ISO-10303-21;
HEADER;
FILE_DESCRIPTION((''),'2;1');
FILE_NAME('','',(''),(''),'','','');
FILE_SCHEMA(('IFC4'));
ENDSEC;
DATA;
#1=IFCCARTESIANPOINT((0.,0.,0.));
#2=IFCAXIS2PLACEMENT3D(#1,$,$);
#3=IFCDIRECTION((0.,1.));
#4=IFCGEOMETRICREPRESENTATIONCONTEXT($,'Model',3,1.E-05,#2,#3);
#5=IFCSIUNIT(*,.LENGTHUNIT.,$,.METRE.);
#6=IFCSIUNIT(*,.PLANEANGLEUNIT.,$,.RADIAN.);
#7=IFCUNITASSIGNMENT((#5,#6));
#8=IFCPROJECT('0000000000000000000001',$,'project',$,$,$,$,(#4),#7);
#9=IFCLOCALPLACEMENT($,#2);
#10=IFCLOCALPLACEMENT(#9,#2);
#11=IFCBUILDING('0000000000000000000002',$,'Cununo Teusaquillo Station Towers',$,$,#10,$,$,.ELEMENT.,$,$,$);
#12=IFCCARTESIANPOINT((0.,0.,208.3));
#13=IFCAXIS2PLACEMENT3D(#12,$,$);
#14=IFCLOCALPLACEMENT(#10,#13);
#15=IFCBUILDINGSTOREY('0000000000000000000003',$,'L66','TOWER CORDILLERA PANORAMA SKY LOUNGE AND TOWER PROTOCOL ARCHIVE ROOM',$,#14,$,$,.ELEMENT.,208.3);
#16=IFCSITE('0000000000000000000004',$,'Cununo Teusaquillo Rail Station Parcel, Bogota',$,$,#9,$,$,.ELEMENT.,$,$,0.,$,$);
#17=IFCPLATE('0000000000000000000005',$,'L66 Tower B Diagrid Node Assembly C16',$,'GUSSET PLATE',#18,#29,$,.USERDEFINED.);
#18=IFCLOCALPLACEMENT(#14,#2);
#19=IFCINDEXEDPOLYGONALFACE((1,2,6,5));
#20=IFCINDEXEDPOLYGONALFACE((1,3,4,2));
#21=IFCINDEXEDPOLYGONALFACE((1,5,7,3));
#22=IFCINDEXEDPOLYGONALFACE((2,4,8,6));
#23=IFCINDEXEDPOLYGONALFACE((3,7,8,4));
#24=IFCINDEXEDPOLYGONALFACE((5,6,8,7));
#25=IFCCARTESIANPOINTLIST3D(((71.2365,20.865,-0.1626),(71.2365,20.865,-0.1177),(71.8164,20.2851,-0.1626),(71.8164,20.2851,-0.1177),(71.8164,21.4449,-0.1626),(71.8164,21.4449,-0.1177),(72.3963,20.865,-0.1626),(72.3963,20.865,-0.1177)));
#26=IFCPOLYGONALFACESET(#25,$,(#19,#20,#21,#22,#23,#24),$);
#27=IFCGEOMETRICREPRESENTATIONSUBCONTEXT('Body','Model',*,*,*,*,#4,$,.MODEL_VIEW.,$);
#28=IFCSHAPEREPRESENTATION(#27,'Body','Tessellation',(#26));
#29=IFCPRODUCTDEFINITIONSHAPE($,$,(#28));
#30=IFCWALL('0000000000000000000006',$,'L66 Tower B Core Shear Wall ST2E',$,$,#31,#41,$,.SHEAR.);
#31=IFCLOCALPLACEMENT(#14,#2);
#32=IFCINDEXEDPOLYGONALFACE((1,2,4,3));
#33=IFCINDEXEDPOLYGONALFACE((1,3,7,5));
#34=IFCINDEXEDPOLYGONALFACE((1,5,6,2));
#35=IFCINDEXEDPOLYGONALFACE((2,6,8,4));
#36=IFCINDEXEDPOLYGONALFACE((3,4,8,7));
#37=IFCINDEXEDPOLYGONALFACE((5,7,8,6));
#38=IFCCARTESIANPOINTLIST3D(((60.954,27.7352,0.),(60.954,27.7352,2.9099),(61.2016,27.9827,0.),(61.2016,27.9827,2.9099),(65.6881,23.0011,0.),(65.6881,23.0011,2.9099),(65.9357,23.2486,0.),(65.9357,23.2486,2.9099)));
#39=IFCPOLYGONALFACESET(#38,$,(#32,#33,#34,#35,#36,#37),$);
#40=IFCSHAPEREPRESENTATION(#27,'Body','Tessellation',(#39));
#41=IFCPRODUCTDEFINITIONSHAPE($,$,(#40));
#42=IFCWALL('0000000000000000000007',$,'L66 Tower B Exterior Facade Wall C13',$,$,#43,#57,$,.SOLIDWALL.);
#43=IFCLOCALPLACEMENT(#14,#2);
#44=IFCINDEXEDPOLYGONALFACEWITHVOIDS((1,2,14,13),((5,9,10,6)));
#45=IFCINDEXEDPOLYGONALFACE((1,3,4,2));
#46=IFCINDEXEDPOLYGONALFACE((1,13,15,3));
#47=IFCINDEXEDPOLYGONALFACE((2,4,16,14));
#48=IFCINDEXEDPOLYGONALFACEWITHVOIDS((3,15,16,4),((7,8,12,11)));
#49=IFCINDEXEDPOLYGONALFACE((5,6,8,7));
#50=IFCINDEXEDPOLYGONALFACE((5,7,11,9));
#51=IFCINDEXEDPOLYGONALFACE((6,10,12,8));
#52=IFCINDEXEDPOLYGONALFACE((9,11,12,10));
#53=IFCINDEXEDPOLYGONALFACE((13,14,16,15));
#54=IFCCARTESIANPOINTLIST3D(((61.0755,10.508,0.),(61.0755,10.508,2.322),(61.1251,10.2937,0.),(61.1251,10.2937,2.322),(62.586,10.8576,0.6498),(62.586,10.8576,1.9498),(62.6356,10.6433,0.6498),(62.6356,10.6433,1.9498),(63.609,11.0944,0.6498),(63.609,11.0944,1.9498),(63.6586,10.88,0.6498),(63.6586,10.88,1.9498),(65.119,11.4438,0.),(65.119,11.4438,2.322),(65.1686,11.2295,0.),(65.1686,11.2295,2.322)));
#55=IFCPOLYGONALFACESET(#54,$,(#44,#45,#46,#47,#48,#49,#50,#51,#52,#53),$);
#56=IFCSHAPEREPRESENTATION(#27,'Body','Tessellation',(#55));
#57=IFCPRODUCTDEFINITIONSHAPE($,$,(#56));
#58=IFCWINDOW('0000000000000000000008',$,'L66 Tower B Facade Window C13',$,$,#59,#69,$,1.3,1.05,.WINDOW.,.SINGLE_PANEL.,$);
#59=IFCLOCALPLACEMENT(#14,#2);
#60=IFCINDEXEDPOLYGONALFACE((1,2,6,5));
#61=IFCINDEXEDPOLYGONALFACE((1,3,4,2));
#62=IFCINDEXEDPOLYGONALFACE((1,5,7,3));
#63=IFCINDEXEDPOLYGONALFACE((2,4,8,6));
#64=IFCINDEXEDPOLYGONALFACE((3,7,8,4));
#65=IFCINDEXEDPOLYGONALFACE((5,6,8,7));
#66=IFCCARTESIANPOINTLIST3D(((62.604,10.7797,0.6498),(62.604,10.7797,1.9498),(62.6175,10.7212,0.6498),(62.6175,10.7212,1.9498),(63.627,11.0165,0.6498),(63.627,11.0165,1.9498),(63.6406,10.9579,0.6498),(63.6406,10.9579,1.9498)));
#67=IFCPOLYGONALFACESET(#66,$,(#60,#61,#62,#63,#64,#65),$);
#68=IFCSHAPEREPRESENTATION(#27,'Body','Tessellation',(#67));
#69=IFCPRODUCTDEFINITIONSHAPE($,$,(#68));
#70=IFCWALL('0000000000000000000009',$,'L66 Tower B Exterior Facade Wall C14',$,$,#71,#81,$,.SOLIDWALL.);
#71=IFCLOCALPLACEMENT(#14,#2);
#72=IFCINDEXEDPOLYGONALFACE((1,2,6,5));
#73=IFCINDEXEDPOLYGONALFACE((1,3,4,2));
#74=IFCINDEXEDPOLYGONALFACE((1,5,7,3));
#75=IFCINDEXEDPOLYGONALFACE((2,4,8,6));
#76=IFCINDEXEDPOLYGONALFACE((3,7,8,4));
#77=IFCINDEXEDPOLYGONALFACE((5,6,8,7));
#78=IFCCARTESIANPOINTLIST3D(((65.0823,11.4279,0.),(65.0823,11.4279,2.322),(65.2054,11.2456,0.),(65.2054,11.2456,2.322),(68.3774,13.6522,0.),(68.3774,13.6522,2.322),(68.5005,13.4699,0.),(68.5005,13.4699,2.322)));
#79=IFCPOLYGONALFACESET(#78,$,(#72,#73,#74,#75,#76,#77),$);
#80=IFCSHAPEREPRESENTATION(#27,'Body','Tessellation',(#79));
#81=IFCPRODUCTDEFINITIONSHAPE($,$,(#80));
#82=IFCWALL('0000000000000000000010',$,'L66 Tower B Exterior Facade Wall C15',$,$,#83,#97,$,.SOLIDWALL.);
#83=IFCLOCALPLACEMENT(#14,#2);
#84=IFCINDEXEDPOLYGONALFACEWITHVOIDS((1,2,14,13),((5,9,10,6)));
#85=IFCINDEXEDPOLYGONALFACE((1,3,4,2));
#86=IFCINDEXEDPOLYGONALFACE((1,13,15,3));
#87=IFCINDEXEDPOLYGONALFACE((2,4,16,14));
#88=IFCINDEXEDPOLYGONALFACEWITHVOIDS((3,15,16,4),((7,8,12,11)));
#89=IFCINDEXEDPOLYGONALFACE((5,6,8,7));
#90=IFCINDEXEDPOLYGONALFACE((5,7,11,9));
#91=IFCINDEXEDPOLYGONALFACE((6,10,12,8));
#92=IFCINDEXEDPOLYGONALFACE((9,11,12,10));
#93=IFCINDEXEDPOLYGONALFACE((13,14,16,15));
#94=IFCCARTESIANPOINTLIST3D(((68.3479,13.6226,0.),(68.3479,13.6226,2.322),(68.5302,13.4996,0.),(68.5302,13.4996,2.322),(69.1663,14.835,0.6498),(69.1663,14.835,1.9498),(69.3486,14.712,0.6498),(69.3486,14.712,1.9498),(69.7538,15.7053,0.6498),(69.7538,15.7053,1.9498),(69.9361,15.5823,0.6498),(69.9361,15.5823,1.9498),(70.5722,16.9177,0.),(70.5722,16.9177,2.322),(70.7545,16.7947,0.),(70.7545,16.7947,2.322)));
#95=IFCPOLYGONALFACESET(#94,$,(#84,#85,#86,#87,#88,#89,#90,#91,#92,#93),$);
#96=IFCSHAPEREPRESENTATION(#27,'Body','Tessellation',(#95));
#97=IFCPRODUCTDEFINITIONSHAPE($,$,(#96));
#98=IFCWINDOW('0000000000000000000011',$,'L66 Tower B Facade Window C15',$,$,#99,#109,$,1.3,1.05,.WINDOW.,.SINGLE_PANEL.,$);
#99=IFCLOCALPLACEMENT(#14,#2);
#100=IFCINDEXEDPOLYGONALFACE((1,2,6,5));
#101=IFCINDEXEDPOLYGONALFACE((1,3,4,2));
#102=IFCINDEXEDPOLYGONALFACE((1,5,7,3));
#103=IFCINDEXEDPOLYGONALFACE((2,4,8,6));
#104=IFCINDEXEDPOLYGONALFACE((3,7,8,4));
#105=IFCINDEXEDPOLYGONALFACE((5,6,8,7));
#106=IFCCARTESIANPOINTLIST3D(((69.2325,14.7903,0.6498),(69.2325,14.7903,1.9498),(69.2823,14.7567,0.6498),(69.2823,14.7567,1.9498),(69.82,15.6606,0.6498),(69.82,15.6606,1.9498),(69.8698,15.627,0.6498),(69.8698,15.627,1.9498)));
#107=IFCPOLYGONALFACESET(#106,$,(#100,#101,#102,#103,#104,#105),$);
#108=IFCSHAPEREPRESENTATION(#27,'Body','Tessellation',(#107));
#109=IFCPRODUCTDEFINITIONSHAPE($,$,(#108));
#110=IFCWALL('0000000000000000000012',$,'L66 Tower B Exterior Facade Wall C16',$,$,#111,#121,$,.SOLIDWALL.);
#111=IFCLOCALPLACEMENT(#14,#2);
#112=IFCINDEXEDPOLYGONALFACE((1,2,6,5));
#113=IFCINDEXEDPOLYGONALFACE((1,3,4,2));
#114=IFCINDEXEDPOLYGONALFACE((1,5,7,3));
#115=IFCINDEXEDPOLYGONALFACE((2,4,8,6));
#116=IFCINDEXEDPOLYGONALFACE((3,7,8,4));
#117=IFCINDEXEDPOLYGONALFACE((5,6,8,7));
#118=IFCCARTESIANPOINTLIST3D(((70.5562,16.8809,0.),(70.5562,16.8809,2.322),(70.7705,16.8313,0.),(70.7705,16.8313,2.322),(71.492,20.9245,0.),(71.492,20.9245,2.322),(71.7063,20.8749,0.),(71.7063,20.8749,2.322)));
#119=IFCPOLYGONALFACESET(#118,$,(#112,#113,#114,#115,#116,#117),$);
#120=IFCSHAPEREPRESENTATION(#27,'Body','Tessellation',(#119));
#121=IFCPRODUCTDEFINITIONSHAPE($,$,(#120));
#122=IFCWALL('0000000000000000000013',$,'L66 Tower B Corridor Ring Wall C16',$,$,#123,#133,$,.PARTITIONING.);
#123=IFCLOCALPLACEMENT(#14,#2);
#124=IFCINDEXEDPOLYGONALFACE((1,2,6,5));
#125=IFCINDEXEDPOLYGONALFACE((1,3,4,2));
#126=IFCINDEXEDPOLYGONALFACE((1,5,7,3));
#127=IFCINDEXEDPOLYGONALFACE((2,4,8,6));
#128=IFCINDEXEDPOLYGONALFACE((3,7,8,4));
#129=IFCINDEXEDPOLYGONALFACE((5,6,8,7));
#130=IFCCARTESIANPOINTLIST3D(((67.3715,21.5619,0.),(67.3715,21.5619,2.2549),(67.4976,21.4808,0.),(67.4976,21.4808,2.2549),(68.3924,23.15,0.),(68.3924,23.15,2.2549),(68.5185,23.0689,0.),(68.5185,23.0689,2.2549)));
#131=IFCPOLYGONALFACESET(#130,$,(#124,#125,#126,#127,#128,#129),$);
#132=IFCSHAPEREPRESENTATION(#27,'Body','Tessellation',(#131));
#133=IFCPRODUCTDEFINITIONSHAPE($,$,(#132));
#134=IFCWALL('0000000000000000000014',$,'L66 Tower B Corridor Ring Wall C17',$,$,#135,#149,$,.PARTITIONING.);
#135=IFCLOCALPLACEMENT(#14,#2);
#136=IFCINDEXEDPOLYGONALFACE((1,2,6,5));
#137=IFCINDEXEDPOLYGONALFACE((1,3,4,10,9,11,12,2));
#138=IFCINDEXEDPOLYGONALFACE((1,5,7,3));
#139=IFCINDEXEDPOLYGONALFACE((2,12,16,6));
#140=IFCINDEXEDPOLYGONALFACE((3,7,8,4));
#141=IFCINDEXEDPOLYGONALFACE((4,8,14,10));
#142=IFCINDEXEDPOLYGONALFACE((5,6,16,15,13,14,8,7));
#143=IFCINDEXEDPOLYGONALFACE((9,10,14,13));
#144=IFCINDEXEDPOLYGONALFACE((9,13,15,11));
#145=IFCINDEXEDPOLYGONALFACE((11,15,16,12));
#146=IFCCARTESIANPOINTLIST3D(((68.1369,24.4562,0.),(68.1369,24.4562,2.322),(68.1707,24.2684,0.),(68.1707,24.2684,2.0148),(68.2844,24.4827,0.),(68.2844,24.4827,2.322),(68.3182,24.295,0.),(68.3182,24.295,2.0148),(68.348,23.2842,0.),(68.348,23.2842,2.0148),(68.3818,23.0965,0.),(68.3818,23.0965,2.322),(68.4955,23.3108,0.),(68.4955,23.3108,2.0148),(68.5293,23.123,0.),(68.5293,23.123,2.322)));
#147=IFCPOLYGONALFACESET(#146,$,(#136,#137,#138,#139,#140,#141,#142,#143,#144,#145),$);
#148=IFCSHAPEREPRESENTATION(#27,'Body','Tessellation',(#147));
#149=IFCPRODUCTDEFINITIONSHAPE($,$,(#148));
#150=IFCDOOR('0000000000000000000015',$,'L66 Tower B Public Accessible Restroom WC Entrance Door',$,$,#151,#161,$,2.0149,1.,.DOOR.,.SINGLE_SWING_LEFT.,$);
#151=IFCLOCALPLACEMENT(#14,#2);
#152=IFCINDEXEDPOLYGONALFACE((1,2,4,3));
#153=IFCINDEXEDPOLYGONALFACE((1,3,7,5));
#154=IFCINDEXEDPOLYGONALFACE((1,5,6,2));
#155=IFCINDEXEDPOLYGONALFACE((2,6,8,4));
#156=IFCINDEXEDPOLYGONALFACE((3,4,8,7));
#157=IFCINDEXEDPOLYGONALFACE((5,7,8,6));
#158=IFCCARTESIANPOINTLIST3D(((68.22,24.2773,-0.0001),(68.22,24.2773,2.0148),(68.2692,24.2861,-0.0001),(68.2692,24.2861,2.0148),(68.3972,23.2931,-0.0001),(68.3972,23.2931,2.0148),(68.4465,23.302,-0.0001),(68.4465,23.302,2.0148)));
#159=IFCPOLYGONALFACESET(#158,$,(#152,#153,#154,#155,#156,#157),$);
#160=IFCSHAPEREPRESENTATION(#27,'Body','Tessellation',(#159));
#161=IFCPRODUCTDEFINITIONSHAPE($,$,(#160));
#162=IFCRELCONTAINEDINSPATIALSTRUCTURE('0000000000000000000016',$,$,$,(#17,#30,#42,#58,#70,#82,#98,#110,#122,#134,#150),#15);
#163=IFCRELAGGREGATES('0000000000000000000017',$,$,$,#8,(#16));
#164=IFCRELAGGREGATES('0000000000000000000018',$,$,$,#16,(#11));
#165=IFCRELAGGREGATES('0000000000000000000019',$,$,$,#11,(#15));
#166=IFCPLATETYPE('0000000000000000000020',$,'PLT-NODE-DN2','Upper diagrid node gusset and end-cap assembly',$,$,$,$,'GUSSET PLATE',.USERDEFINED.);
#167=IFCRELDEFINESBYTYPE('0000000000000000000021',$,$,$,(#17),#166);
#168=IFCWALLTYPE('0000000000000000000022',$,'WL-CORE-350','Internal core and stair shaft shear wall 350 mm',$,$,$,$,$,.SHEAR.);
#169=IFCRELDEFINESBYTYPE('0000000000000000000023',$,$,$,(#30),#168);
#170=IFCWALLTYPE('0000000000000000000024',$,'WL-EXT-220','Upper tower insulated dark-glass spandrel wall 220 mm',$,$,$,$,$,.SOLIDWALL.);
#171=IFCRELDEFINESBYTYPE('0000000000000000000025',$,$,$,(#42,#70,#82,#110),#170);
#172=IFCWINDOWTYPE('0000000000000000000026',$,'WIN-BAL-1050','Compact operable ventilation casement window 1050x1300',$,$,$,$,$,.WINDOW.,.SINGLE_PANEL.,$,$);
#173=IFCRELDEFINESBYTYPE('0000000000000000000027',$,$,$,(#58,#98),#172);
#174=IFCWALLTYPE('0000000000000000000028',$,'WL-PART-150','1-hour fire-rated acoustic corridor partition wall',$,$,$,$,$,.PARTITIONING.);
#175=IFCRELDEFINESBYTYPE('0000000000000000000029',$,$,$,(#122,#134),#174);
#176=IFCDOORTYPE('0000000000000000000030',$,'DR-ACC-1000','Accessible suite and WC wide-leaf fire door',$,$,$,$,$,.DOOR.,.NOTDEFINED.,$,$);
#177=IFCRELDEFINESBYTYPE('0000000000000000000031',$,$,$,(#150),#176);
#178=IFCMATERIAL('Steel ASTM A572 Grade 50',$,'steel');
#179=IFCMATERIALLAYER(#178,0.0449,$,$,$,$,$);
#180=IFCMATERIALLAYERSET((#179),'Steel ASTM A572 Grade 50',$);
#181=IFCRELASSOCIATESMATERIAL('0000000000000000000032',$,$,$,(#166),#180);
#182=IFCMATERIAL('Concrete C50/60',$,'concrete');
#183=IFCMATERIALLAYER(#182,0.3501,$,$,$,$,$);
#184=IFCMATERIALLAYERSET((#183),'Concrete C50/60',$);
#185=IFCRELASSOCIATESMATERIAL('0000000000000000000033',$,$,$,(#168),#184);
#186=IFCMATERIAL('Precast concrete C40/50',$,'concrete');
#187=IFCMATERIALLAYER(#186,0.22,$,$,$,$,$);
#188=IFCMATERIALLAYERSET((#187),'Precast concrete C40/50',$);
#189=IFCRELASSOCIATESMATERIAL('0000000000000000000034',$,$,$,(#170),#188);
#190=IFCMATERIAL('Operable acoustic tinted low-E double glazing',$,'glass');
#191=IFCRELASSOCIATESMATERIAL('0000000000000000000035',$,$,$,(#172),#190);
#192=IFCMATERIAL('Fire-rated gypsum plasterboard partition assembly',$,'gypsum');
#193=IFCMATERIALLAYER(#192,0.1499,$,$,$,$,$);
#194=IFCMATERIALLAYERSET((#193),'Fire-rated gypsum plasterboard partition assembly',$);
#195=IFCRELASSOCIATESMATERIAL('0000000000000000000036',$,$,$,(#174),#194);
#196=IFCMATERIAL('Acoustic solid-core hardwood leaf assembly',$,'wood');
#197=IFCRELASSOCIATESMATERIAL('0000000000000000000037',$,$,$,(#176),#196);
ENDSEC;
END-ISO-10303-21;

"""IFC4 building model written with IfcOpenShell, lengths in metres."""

from ifc_helpers import new_model, si_unit, direction, frame, frame_2d, origin, origin_2d, place, context, subcontext, project, spatial, rectangle, extrude, source, transform, mapped, material, layer, layer_set, type_object, element, fill, save


model = new_model("IFC4")

# Units and contexts
model_context = context("Model", 3, precision=1e-05, world=origin(), true_north=direction((0.0, 1.0)))
body_context = subcontext(model_context, "Body", "Model", "MODEL_VIEW")
ifc_project = project(units=[si_unit("LENGTHUNIT", "METRE"), si_unit("PLANEANGLEUNIT", "RADIAN")], contexts=[model_context])

# Site, building, storey
site_placement = place(None, origin())
site = spatial("IfcSite", under=ifc_project, at=site_placement, Name="Cununo Teusaquillo Rail Station Parcel, Bogota", CompositionType="ELEMENT", RefElevation=0.0)
building_placement = place(site_placement, origin())
building = spatial("IfcBuilding", under=site, at=building_placement, Name="Cununo Teusaquillo Station Towers", CompositionType="ELEMENT")
storey_placement = place(building_placement, frame((0.0, 0.0, 208.3)))
storey = spatial("IfcBuildingStorey", under=building, at=storey_placement, Name="L66", Description="TOWER CORDILLERA PANORAMA SKY LOUNGE AND TOWER PROTOCOL ARCHIVE ROOM", CompositionType="ELEMENT", Elevation=208.3)

# Plate
ifc_material_1 = material(Name="Steel ASTM A572 Grade 50", Category="steel")
ifc_layer_1 = layer(ifc_material_1, 0.0449)
ifc_layer_set_1 = layer_set([ifc_layer_1], Name="Steel ASTM A572 Grade 50")
plate_type = type_object("IfcPlateType", Name="PLT-NODE-DN2", Description="Upper diagrid node gusset and end-cap assembly", ElementType="GUSSET PLATE", PredefinedType="USERDEFINED", material=ifc_layer_set_1)
shared_shape_1 = source(origin(), body_context, "Body", "SweptSolid", [
    extrude(rectangle(XDim=0.8201, YDim=0.8201, at=origin_2d()), origin(), (0.0, 0.0, 1.0), 0.0449),
])
for number, where, z_axis, x_axis, name in (
    (1, (71.8164, 20.865, -0.1626), (0.0, 0.0, 1.0), (0.707107, 0.707107, 0.0), "L66 Tower B Diagrid Node Assembly C16"),
):
    element("IfcPlate", number, at=place(storey_placement, frame(where, z_axis=z_axis, x_axis=x_axis)), inside=storey, type_object=plate_type, Name=name, ObjectType="GUSSET PLATE", PredefinedType="USERDEFINED", context=body_context, shape_type="MappedRepresentation", body=[
        mapped(shared_shape_1, transform((0.0, 0.0, 0.0), x_axis=(1.0, 0.0, 0.0), y_axis=(0.0, 1.0, 0.0), z_axis=(0.0, 0.0, 1.0), scale=1.0)),
    ])

# Wall
ifc_material_2 = material(Name="Concrete C50/60", Category="concrete")
ifc_layer_2 = layer(ifc_material_2, 0.3501)
ifc_layer_set_2 = layer_set([ifc_layer_2], Name="Concrete C50/60")
wall_type_1 = type_object("IfcWallType", Name="WL-CORE-350", Description="Internal core and stair shaft shear wall 350 mm", PredefinedType="SHEAR", material=ifc_layer_set_2)
wall_1_placement = place(storey_placement, frame((65.812, 23.1248, 0.0), z_axis=(0.0, 0.0, 1.0), x_axis=(-0.707107, 0.707107, 0.0)))
element("IfcWall", 2, at=wall_1_placement, inside=storey, type_object=wall_type_1, Name="L66 Tower B Core Shear Wall ST2E", PredefinedType="SHEAR", context=body_context, shape_type="SweptSolid", body=[
    extrude(rectangle(XDim=6.6951, YDim=0.3501, at=frame_2d((3.3477, 0.0))), origin(), (0.0, 0.0, 1.0), 2.9099),
])

# Wall, opening, window
ifc_material_3 = material(Name="Precast concrete C40/50", Category="concrete")
ifc_layer_3 = layer(ifc_material_3, 0.22)
ifc_layer_set_3 = layer_set([ifc_layer_3], Name="Precast concrete C40/50")
wall_type_2 = type_object("IfcWallType", Name="WL-EXT-220", Description="Upper tower insulated dark-glass spandrel wall 220 mm", PredefinedType="SOLIDWALL", material=ifc_layer_set_3)
wall_2_placement = place(storey_placement, frame((65.1438, 11.3367, 0.0), z_axis=(0.0, 0.0, 1.0), x_axis=(-0.974249, -0.225474, 0.0)))
wall_2 = element("IfcWall", 3, at=wall_2_placement, inside=storey, type_object=wall_type_2, Name="L66 Tower B Exterior Facade Wall C13", PredefinedType="SOLIDWALL", context=body_context, shape_type="SweptSolid", body=[
    extrude(rectangle(XDim=4.1504, YDim=0.22, at=frame_2d((2.0752, 0.0))), origin(), (0.0, 0.0, 1.0), 2.322),
])
shared_shape_2 = source(origin(), body_context, "Body", "SweptSolid", [
    extrude(rectangle(XDim=1.05, YDim=1.3, at=frame_2d((0.5249, 0.6499))), frame((0.0, 0.1199, 0.0), z_axis=(0.0, -1.0, 0.0), x_axis=(1.0, 0.0, 0.0)), (0.0, 0.0, 1.0), 0.24),
])
opening_1_placement = place(wall_2_placement, frame((1.55, 0.0, 0.6499)))
opening_1 = element("IfcOpeningElement", 4, at=opening_1_placement, cuts=wall_2, PredefinedType="OPENING", context=body_context, shape_type="MappedRepresentation", body=[
    mapped(shared_shape_2, transform((0.0, 0.0, 0.0), x_axis=(1.0, 0.0, 0.0), y_axis=(0.0, 1.0, 0.0), z_axis=(0.0, 0.0, 1.0), scale=1.0)),
])
ifc_material_4 = material(Name="Operable acoustic tinted low-E double glazing", Category="glass")
window_type = type_object("IfcWindowType", Name="WIN-BAL-1050", Description="Compact operable ventilation casement window 1050x1300", PartitioningType="SINGLE_PANEL", PredefinedType="WINDOW", material=ifc_material_4)
shared_shape_3 = source(origin(), body_context, "Body", "SweptSolid", [
    extrude(rectangle(XDim=1.05, YDim=1.3, at=frame_2d((0.5249, 0.6499))), frame((0.0, 0.03, 0.0), z_axis=(0.0, -1.0, 0.0), x_axis=(1.0, 0.0, 0.0)), (0.0, 0.0, 1.0), 0.0601),
])
window_1_placement = place(opening_1_placement, origin())
window_1 = element("IfcWindow", 5, at=window_1_placement, inside=storey, type_object=window_type, Name="L66 Tower B Facade Window C13", OverallHeight=1.3, OverallWidth=1.05, PartitioningType="SINGLE_PANEL", PredefinedType="WINDOW", context=body_context, shape_type="MappedRepresentation", body=[
    mapped(shared_shape_3, transform((0.0, 0.0, 0.0), x_axis=(1.0, 0.0, 0.0), y_axis=(0.0, 1.0, 0.0), z_axis=(0.0, 0.0, 1.0), scale=1.0)),
])
fill(opening_1, window_1)

# Wall
wall_3_placement = place(storey_placement, frame((68.439, 13.561, 0.0), z_axis=(0.0, 0.0, 1.0), x_axis=(-0.828834, -0.559495, 0.0)))
element("IfcWall", 6, at=wall_3_placement, inside=storey, type_object=wall_type_2, Name="L66 Tower B Exterior Facade Wall C14", PredefinedType="SOLIDWALL", context=body_context, shape_type="SweptSolid", body=[
    extrude(rectangle(XDim=3.9756, YDim=0.22, at=frame_2d((1.9878, 0.0))), origin(), (0.0, 0.0, 1.0), 2.322),
])

# Wall, opening, window
wall_4_placement = place(storey_placement, frame((70.6633, 16.8562, 0.0), z_axis=(0.0, 0.0, 1.0), x_axis=(-0.559495, -0.828834, 0.0)))
wall_4 = element("IfcWall", 7, at=wall_4_placement, inside=storey, type_object=wall_type_2, Name="L66 Tower B Exterior Facade Wall C15", PredefinedType="SOLIDWALL", context=body_context, shape_type="SweptSolid", body=[
    extrude(rectangle(XDim=3.9756, YDim=0.22, at=frame_2d((1.9878, 0.0))), origin(), (0.0, 0.0, 1.0), 2.322),
])
opening_2_placement = place(wall_4_placement, frame((1.4629, 0.0, 0.6499)))
opening_2 = element("IfcOpeningElement", 8, at=opening_2_placement, cuts=wall_4, PredefinedType="OPENING", context=body_context, shape_type="MappedRepresentation", body=[
    mapped(shared_shape_2, transform((0.0, 0.0, 0.0), x_axis=(1.0, 0.0, 0.0), y_axis=(0.0, 1.0, 0.0), z_axis=(0.0, 0.0, 1.0), scale=1.0)),
])
window_2_placement = place(opening_2_placement, origin())
window_2 = element("IfcWindow", 9, at=window_2_placement, inside=storey, type_object=window_type, Name="L66 Tower B Facade Window C15", OverallHeight=1.3, OverallWidth=1.05, PartitioningType="SINGLE_PANEL", PredefinedType="WINDOW", context=body_context, shape_type="MappedRepresentation", body=[
    mapped(shared_shape_3, transform((0.0, 0.0, 0.0), x_axis=(1.0, 0.0, 0.0), y_axis=(0.0, 1.0, 0.0), z_axis=(0.0, 0.0, 1.0), scale=1.0)),
])
fill(opening_2, window_2)

# Walls
wall_5_placement = place(storey_placement, frame((71.5991, 20.8997, 0.0), z_axis=(0.0, 0.0, 1.0), x_axis=(-0.225474, -0.974249, 0.0)))
element("IfcWall", 10, at=wall_5_placement, inside=storey, type_object=wall_type_2, Name="L66 Tower B Exterior Facade Wall C16", PredefinedType="SOLIDWALL", context=body_context, shape_type="SweptSolid", body=[
    extrude(rectangle(XDim=4.1504, YDim=0.22, at=frame_2d((2.0752, 0.0))), origin(), (0.0, 0.0, 1.0), 2.322),
])
ifc_material_5 = material(Name="Fire-rated gypsum plasterboard partition assembly", Category="gypsum")
ifc_layer_4 = layer(ifc_material_5, 0.1499)
ifc_layer_set_4 = layer_set([ifc_layer_4], Name="Fire-rated gypsum plasterboard partition assembly")
wall_type_3 = type_object("IfcWallType", Name="WL-PART-150", Description="1-hour fire-rated acoustic corridor partition wall", PredefinedType="PARTITIONING", material=ifc_layer_set_4)
wall_6_placement = place(storey_placement, frame((67.4346, 21.5215, 0.0), z_axis=(0.0, 0.0, 1.0), x_axis=(0.540777, 0.841166, 0.0)))
element("IfcWall", 11, at=wall_6_placement, inside=storey, type_object=wall_type_3, Name="L66 Tower B Corridor Ring Wall C16", PredefinedType="PARTITIONING", context=body_context, shape_type="SweptSolid", body=[
    extrude(rectangle(XDim=1.8879, YDim=0.1499, at=frame_2d((0.9438, 0.0))), origin(), (0.0, 0.0, 1.0), 2.2549),
])

# Wall, opening, door
wall_7_placement = place(storey_placement, frame((68.4556, 23.1096, 0.0), z_axis=(0.0, 0.0, 1.0), x_axis=(-0.177252, 0.984165, 0.0)))
wall_7 = element("IfcWall", 12, at=wall_7_placement, inside=storey, type_object=wall_type_3, Name="L66 Tower B Corridor Ring Wall C17", PredefinedType="PARTITIONING", context=body_context, shape_type="SweptSolid", body=[
    extrude(rectangle(XDim=1.3816, YDim=0.1499, at=frame_2d((0.6909, 0.0))), origin(), (0.0, 0.0, 1.0), 2.322),
])
shared_shape_4 = source(origin(), body_context, "Body", "SweptSolid", [
    extrude(rectangle(XDim=1.0, YDim=2.0149, at=frame_2d((0.5, 1.0073))), frame((0.0, 0.085, 0.0), z_axis=(0.0, -1.0, 0.0), x_axis=(1.0, 0.0, 0.0)), (0.0, 0.0, 1.0), 0.1699),
])
opening_3_placement = place(wall_7_placement, frame((0.1909, 0.0, 0.0)))
opening_3 = element("IfcOpeningElement", 13, at=opening_3_placement, cuts=wall_7, PredefinedType="OPENING", context=body_context, shape_type="MappedRepresentation", body=[
    mapped(shared_shape_4, transform((0.0, 0.0, 0.0), x_axis=(1.0, 0.0, 0.0), y_axis=(0.0, 1.0, 0.0), z_axis=(0.0, 0.0, 1.0), scale=1.0)),
])
ifc_material_6 = material(Name="Acoustic solid-core hardwood leaf assembly", Category="wood")
door_type = type_object("IfcDoorType", Name="DR-ACC-1000", Description="Accessible suite and WC wide-leaf fire door", OperationType="NOTDEFINED", PredefinedType="DOOR", material=ifc_material_6)
shared_shape_5 = source(origin(), body_context, "Body", "SweptSolid", [
    extrude(rectangle(XDim=1.0, YDim=2.0149, at=frame_2d((0.5, 1.0073))), frame((0.0, 0.0249, 0.0), z_axis=(0.0, -1.0, 0.0), x_axis=(1.0, 0.0, 0.0)), (0.0, 0.0, 1.0), 0.05),
])
door_placement = place(opening_3_placement, origin())
door = element("IfcDoor", 14, at=door_placement, inside=storey, type_object=door_type, Name="L66 Tower B Public Accessible Restroom WC Entrance Door", OperationType="SINGLE_SWING_LEFT", OverallHeight=2.0149, OverallWidth=1.0, PredefinedType="DOOR", context=body_context, shape_type="MappedRepresentation", body=[
    mapped(shared_shape_5, transform((0.0, 0.0, 0.0), x_axis=(1.0, 0.0, 0.0), y_axis=(0.0, 1.0, 0.0), z_axis=(0.0, 0.0, 1.0), scale=1.0)),
])
fill(opening_3, door)

save(model, "model.ifc")
